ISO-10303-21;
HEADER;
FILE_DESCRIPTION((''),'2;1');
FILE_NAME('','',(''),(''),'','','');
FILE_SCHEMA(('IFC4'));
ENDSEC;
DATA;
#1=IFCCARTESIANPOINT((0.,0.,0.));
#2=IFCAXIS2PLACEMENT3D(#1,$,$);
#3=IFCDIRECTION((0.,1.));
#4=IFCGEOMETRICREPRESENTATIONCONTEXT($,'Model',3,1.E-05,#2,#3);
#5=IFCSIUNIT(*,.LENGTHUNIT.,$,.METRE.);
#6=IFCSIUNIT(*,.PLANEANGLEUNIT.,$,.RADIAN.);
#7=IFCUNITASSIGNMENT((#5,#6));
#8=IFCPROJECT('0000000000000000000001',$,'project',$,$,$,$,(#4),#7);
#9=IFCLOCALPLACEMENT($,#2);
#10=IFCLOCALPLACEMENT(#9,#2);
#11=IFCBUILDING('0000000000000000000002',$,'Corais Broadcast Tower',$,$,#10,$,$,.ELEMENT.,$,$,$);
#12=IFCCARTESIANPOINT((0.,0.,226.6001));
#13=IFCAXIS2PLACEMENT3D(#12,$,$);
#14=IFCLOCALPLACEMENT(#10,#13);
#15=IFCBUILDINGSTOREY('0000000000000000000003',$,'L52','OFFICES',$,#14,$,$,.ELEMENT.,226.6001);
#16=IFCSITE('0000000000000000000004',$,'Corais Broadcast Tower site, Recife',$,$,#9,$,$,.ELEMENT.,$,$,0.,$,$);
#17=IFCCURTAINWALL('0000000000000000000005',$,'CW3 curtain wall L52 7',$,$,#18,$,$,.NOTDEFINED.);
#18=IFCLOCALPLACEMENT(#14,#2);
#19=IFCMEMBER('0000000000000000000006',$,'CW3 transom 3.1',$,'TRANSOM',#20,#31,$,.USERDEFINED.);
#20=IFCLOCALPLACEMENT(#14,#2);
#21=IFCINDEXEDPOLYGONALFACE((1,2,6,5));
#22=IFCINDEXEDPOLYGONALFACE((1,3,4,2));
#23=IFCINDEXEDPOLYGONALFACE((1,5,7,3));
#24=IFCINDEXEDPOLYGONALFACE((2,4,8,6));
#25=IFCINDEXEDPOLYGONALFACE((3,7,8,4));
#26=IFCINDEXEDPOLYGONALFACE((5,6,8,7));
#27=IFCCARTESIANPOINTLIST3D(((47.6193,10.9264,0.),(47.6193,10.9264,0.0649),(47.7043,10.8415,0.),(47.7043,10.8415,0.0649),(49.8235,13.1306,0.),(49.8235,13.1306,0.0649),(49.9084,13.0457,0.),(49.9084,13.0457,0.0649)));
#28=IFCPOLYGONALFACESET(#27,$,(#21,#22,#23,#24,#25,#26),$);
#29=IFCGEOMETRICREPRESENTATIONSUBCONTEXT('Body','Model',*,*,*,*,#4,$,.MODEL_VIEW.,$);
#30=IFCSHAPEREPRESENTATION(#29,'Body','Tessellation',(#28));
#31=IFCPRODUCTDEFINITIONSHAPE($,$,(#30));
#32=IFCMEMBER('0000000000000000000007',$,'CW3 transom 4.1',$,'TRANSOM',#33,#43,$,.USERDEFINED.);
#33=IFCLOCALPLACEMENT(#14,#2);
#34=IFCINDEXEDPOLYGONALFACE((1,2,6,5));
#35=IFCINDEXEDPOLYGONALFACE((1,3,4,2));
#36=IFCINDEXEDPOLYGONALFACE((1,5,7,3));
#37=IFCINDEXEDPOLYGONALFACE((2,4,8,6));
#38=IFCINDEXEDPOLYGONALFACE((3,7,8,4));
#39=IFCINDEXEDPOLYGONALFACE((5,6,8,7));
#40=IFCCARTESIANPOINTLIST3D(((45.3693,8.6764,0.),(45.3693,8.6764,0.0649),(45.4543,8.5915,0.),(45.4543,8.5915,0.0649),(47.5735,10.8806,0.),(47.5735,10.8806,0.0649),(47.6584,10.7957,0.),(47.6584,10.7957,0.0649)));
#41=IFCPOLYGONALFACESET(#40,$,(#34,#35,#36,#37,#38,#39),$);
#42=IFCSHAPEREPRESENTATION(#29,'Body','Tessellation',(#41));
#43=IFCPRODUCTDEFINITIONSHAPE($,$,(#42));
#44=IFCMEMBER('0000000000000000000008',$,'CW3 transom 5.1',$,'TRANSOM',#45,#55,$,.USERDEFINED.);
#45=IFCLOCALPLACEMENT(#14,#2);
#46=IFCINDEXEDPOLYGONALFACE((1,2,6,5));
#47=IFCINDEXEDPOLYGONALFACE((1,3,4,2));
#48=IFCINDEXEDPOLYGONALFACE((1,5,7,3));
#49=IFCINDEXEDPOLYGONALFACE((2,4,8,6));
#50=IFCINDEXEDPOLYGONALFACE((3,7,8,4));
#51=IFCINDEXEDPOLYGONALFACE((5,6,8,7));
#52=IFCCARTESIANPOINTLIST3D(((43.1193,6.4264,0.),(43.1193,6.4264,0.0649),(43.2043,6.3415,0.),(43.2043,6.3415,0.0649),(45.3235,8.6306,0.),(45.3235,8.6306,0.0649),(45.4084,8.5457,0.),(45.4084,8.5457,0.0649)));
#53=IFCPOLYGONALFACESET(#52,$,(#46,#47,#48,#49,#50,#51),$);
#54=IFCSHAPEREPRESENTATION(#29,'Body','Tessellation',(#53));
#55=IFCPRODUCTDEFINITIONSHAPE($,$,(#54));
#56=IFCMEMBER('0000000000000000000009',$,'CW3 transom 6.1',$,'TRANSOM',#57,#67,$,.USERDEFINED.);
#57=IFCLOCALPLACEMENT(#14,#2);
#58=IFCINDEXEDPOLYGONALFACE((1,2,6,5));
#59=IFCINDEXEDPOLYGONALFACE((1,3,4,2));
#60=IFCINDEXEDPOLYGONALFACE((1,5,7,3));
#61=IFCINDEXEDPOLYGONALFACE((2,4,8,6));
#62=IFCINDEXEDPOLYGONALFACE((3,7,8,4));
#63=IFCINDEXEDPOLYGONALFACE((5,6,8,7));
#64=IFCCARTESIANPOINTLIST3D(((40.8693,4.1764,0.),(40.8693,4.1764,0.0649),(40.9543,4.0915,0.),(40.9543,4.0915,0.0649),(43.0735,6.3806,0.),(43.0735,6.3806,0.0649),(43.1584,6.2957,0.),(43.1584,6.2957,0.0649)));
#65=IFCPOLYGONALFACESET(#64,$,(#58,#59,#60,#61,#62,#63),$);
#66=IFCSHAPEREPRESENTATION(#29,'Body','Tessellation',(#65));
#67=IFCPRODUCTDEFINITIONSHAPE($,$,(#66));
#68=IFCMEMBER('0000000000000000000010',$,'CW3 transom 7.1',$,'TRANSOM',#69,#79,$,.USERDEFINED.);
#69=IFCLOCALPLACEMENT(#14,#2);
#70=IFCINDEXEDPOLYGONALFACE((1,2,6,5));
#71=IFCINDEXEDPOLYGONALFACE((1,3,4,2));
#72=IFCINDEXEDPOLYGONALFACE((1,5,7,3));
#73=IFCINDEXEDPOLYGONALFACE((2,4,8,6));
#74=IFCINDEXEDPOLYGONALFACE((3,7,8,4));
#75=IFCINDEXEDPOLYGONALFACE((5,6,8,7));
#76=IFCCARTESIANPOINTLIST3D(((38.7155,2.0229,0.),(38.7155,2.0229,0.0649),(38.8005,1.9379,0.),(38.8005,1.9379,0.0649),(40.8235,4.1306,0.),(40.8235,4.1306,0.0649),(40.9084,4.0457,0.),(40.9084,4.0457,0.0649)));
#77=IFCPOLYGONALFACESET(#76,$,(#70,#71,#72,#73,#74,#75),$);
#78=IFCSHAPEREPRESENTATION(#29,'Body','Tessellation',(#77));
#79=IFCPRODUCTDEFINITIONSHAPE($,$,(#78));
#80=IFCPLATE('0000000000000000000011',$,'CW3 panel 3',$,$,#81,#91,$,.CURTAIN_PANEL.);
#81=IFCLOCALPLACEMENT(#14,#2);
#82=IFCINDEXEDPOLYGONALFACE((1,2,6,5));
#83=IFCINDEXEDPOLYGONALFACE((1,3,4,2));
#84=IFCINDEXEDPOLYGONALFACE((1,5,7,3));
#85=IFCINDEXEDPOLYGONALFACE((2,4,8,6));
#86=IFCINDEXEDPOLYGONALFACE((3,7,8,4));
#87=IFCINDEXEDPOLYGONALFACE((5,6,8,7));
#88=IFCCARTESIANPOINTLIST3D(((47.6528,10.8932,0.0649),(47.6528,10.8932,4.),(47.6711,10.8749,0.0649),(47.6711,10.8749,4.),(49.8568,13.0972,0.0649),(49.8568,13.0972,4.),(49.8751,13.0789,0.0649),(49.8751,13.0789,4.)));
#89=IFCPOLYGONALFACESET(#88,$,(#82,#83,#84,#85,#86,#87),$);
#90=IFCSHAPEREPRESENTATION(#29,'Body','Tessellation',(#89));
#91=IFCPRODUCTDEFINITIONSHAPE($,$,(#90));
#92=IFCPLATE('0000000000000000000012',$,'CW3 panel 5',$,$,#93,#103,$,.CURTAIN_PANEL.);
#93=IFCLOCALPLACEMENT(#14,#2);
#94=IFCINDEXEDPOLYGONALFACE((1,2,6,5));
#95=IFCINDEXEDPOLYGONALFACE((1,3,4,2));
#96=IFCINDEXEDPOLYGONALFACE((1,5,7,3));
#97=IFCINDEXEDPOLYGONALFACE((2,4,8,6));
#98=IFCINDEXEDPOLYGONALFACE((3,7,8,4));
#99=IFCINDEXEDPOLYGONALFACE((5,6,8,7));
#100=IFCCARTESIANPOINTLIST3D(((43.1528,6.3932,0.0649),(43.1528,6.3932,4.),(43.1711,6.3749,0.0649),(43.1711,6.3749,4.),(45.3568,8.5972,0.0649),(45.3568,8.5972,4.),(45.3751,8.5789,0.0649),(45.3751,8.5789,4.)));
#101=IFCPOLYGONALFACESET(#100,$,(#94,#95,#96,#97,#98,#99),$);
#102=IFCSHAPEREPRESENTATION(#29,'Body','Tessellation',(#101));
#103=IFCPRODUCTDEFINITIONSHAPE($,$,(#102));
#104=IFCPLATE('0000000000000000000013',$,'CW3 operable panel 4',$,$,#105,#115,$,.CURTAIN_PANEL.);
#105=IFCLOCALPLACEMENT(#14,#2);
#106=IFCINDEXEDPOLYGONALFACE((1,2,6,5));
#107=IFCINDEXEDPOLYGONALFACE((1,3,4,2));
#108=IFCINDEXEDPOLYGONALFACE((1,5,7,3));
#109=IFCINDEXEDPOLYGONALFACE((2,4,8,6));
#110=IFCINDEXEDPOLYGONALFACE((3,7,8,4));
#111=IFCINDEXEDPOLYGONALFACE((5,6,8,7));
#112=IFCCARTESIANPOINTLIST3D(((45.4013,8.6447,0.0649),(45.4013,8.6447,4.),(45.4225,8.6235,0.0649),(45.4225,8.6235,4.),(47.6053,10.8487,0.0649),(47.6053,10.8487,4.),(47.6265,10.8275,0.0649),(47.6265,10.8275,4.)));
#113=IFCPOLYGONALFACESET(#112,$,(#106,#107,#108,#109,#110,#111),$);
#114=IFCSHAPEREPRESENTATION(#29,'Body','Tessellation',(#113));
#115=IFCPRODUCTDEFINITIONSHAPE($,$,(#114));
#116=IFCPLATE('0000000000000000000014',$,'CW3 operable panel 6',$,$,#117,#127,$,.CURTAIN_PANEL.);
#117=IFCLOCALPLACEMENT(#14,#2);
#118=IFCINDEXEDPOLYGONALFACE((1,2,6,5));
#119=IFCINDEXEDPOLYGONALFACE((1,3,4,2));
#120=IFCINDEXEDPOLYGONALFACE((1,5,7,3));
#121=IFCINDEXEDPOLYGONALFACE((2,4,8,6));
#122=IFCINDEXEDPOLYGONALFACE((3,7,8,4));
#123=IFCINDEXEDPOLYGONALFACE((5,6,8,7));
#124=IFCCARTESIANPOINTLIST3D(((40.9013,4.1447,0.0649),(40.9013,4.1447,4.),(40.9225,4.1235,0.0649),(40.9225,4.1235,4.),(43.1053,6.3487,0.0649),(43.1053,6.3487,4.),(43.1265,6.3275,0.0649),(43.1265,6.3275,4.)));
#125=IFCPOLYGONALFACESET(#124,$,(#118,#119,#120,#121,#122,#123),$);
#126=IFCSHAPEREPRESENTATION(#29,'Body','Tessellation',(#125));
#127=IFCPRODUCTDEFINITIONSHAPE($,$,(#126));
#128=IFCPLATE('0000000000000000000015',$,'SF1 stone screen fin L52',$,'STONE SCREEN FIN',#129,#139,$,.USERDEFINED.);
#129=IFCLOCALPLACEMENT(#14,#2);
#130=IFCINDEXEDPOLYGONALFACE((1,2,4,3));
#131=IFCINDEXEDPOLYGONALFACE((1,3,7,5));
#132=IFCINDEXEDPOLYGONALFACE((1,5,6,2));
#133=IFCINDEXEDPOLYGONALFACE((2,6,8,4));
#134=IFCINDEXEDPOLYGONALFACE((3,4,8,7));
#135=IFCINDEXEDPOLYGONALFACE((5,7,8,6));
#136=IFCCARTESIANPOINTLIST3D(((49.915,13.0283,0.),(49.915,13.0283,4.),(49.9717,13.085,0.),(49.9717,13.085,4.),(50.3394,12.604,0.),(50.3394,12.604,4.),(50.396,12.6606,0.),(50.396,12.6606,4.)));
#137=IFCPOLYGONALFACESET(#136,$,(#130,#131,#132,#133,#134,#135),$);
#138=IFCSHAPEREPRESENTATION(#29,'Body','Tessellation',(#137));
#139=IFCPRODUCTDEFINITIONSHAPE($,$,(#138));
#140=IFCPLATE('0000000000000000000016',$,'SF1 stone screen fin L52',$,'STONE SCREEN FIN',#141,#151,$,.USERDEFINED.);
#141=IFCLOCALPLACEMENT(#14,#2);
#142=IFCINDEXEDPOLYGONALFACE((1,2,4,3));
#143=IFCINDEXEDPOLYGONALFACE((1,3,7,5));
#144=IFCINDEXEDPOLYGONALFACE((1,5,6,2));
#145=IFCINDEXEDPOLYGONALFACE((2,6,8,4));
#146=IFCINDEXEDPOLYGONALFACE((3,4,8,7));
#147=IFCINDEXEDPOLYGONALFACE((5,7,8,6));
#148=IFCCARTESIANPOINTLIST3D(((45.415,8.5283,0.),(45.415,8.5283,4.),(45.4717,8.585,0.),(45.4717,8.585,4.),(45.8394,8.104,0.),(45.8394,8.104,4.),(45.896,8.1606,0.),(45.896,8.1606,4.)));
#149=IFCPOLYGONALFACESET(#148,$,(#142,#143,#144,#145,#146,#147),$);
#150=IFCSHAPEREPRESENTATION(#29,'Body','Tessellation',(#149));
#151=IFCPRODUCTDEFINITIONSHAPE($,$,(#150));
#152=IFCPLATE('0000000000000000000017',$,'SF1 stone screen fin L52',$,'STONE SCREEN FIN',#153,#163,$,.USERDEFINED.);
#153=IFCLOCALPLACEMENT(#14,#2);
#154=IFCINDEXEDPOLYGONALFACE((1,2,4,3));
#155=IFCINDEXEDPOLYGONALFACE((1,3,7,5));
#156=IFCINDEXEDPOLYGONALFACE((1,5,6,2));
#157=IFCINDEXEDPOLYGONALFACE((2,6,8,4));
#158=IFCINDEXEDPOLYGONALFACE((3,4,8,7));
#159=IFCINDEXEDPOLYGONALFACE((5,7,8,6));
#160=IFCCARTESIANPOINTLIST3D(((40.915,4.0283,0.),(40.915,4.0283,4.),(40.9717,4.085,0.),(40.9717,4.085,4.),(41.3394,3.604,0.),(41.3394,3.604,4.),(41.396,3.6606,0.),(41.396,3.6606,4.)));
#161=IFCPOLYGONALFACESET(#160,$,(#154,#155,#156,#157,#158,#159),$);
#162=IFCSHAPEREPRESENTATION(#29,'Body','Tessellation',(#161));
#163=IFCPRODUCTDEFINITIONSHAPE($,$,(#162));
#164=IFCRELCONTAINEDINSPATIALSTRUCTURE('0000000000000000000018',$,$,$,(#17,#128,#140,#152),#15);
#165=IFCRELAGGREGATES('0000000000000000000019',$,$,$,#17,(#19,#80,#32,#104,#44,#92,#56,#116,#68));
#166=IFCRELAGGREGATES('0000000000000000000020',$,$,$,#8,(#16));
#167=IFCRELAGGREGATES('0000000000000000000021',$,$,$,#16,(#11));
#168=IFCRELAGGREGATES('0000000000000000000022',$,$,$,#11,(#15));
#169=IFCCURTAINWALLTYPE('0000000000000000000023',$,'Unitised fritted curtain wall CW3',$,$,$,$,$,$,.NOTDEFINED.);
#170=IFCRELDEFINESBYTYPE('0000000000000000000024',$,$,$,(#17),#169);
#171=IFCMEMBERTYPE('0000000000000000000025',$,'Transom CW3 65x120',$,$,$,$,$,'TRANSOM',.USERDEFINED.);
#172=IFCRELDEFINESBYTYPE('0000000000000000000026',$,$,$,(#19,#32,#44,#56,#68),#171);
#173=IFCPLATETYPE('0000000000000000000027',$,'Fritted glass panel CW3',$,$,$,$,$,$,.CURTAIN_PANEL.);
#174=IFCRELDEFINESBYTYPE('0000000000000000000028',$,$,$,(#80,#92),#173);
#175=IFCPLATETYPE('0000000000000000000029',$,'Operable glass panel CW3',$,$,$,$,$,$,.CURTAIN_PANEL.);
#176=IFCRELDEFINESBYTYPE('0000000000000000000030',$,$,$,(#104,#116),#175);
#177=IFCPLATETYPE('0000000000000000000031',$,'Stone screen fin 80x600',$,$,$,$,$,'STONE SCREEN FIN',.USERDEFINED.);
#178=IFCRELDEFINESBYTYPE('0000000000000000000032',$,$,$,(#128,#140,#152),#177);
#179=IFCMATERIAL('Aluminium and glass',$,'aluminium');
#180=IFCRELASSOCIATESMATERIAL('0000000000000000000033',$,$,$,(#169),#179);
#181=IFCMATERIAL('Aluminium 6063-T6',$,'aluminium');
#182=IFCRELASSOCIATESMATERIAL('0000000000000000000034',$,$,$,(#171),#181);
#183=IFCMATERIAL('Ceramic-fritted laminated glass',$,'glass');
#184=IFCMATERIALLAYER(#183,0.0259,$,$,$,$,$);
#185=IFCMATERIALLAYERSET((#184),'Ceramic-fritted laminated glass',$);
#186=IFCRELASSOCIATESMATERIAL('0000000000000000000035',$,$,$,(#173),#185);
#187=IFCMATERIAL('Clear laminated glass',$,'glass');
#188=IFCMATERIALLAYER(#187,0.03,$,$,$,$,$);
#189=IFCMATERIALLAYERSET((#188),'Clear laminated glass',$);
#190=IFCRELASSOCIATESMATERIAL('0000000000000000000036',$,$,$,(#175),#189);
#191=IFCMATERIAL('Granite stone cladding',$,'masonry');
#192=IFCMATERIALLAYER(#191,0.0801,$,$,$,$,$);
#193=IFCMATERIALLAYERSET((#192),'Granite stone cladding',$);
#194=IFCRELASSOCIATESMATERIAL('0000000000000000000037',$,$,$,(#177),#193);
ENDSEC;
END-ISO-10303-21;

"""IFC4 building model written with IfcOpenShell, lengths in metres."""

from ifc_helpers import new_model, si_unit, direction, frame, origin, origin_2d, place, context, subcontext, project, spatial, rectangle, extrude, material, layer, layer_set, material_profile, profile_set, type_object, element, aggregate, save


model = new_model("IFC4")

# Units and contexts
model_context = context("Model", 3, precision=1e-05, world=origin(), true_north=direction((0.0, 1.0)))
body_context = subcontext(model_context, "Body", "Model", "MODEL_VIEW")
ifc_project = project(units=[si_unit("LENGTHUNIT", "METRE"), si_unit("PLANEANGLEUNIT", "RADIAN")], contexts=[model_context])

# Site, building, storey
site_placement = place(None, origin())
site = spatial("IfcSite", under=ifc_project, at=site_placement, Name="Corais Broadcast Tower site, Recife", CompositionType="ELEMENT", RefElevation=0.0)
building_placement = place(site_placement, origin())
building = spatial("IfcBuilding", under=site, at=building_placement, Name="Corais Broadcast Tower", CompositionType="ELEMENT")
storey_placement = place(building_placement, frame((0.0, 0.0, 226.6001)))
storey = spatial("IfcBuildingStorey", under=building, at=storey_placement, Name="L52", Description="OFFICES", CompositionType="ELEMENT", Elevation=226.6001)

# Curtain wall
ifc_material_1 = material(Name="Aluminium and glass", Category="aluminium")
curtain_wall_type = type_object("IfcCurtainWallType", Name="Unitised fritted curtain wall CW3", PredefinedType="NOTDEFINED", material=ifc_material_1)
curtain_wall_placement = place(storey_placement, origin())
curtain_wall = element("IfcCurtainWall", 1, at=curtain_wall_placement, inside=storey, type_object=curtain_wall_type, Name="CW3 curtain wall L52 7", PredefinedType="NOTDEFINED")

# Members
ifc_material_2 = material(Name="Aluminium 6063-T6", Category="aluminium")
ifc_material_profile_1 = material_profile(ifc_material_2, rectangle(XDim=0.1201, YDim=0.0649, at=origin_2d()), Name="Transom CW3 65x120")
ifc_profile_set_1 = profile_set([ifc_material_profile_1], Name="Aluminium 6063-T6")
member_type_1 = type_object("IfcMemberType", Name="Transom CW3 65x120", ElementType="TRANSOM", PredefinedType="USERDEFINED", material=ifc_profile_set_1)
member_1_placement = place(storey_placement, frame((49.866, 13.0881, 0.0325), z_axis=(-0.707107, -0.707107, 0.0), x_axis=(0.707107, -0.707107, 0.0)))
member_1 = element("IfcMember", 2, at=member_1_placement, type_object=member_type_1, Name="CW3 transom 3.1", ObjectType="TRANSOM", PredefinedType="USERDEFINED", context=body_context, shape_type="SweptSolid", body=[
    extrude(rectangle(XDim=0.1201, YDim=0.0649, at=origin_2d()), origin(), (0.0, 0.0, 1.0), 3.1172),
])
member_2_placement = place(storey_placement, frame((47.616, 10.8381, 0.0325), z_axis=(-0.707107, -0.707107, 0.0), x_axis=(0.707107, -0.707107, 0.0)))
member_2 = element("IfcMember", 3, at=member_2_placement, type_object=member_type_1, Name="CW3 transom 4.1", ObjectType="TRANSOM", PredefinedType="USERDEFINED", context=body_context, shape_type="SweptSolid", body=[
    extrude(rectangle(XDim=0.1201, YDim=0.0649, at=origin_2d()), origin(), (0.0, 0.0, 1.0), 3.1172),
])
member_3_placement = place(storey_placement, frame((45.366, 8.5881, 0.0325), z_axis=(-0.707107, -0.707107, 0.0), x_axis=(0.707107, -0.707107, 0.0)))
member_3 = element("IfcMember", 4, at=member_3_placement, type_object=member_type_1, Name="CW3 transom 5.1", ObjectType="TRANSOM", PredefinedType="USERDEFINED", context=body_context, shape_type="SweptSolid", body=[
    extrude(rectangle(XDim=0.1201, YDim=0.0649, at=origin_2d()), origin(), (0.0, 0.0, 1.0), 3.1172),
])
member_4_placement = place(storey_placement, frame((43.116, 6.3381, 0.0325), z_axis=(-0.707107, -0.707107, 0.0), x_axis=(0.707107, -0.707107, 0.0)))
member_4 = element("IfcMember", 5, at=member_4_placement, type_object=member_type_1, Name="CW3 transom 6.1", ObjectType="TRANSOM", PredefinedType="USERDEFINED", context=body_context, shape_type="SweptSolid", body=[
    extrude(rectangle(XDim=0.1201, YDim=0.0649, at=origin_2d()), origin(), (0.0, 0.0, 1.0), 3.1172),
])
member_5_placement = place(storey_placement, frame((40.866, 4.0881, 0.0325), z_axis=(-0.707148, -0.707066, 0.0), x_axis=(0.707066, -0.707148, 0.0)))
member_5 = element("IfcMember", 6, at=member_5_placement, type_object=member_type_1, Name="CW3 transom 7.1", ObjectType="TRANSOM", PredefinedType="USERDEFINED", context=body_context, shape_type="SweptSolid", body=[
    extrude(rectangle(XDim=0.1201, YDim=0.0649, at=origin_2d()), origin(), (0.0, 0.0, 1.0), 2.981),
])

# Plates
ifc_material_3 = material(Name="Ceramic-fritted laminated glass", Category="glass")
ifc_layer_1 = layer(ifc_material_3, 0.0259)
ifc_layer_set_1 = layer_set([ifc_layer_1], Name="Ceramic-fritted laminated glass")
plate_type_1 = type_object("IfcPlateType", Name="Fritted glass panel CW3", PredefinedType="CURTAIN_PANEL", material=ifc_layer_set_1)
plate_1_placement = place(storey_placement, frame((48.7639, 11.9861, 0.0649), z_axis=(0.0, 0.0, 1.0), x_axis=(-0.707107, -0.707107, 0.0)))
plate_1 = element("IfcPlate", 7, at=plate_1_placement, type_object=plate_type_1, Name="CW3 panel 3", PredefinedType="CURTAIN_PANEL", context=body_context, shape_type="SweptSolid", body=[
    extrude(rectangle(XDim=3.1169, YDim=0.0259, at=origin_2d()), origin(), (0.0, 0.0, 1.0), 3.9351),
])
plate_2_placement = place(storey_placement, frame((44.2639, 7.4861, 0.0649), z_axis=(0.0, 0.0, 1.0), x_axis=(-0.707107, -0.707107, 0.0)))
plate_2 = element("IfcPlate", 8, at=plate_2_placement, type_object=plate_type_1, Name="CW3 panel 5", PredefinedType="CURTAIN_PANEL", context=body_context, shape_type="SweptSolid", body=[
    extrude(rectangle(XDim=3.1169, YDim=0.0259, at=origin_2d()), origin(), (0.0, 0.0, 1.0), 3.9351),
])
ifc_material_4 = material(Name="Clear laminated glass", Category="glass")
ifc_layer_2 = layer(ifc_material_4, 0.03)
ifc_layer_set_2 = layer_set([ifc_layer_2], Name="Clear laminated glass")
plate_type_2 = type_object("IfcPlateType", Name="Operable glass panel CW3", PredefinedType="CURTAIN_PANEL", material=ifc_layer_set_2)
plate_3_placement = place(storey_placement, frame((46.5139, 9.7361, 0.0649), z_axis=(0.0, 0.0, 1.0), x_axis=(-0.707107, -0.707107, 0.0)))
plate_3 = element("IfcPlate", 9, at=plate_3_placement, type_object=plate_type_2, Name="CW3 operable panel 4", PredefinedType="CURTAIN_PANEL", context=body_context, shape_type="SweptSolid", body=[
    extrude(rectangle(XDim=3.1169, YDim=0.03, at=origin_2d()), origin(), (0.0, 0.0, 1.0), 3.9351),
])
plate_4_placement = place(storey_placement, frame((42.0139, 5.2361, 0.0649), z_axis=(0.0, 0.0, 1.0), x_axis=(-0.707107, -0.707107, 0.0)))
plate_4 = element("IfcPlate", 10, at=plate_4_placement, type_object=plate_type_2, Name="CW3 operable panel 6", PredefinedType="CURTAIN_PANEL", context=body_context, shape_type="SweptSolid", body=[
    extrude(rectangle(XDim=3.1169, YDim=0.03, at=origin_2d()), origin(), (0.0, 0.0, 1.0), 3.9351),
])
aggregate(curtain_wall, [member_1, plate_1, member_2, plate_3, member_3, plate_2, member_4, plate_4, member_5])

# Plates
ifc_material_5 = material(Name="Granite stone cladding", Category="masonry")
ifc_layer_3 = layer(ifc_material_5, 0.0801)
ifc_layer_set_3 = layer_set([ifc_layer_3], Name="Granite stone cladding")
plate_type_3 = type_object("IfcPlateType", Name="Stone screen fin 80x600", ElementType="STONE SCREEN FIN", PredefinedType="USERDEFINED", material=ifc_layer_set_3)
for number, where, z_axis, x_axis, name in (
    (11, (50.1555, 12.8445, 0.0), (0.0, 0.0, 1.0), (-0.707107, -0.707107, 0.0), "SF1 stone screen fin L52"),
    (12, (45.6555, 8.3445, 0.0), (0.0, 0.0, 1.0), (-0.707107, -0.707107, 0.0), "SF1 stone screen fin L52"),
    (13, (41.1555, 3.8445, 0.0), (0.0, 0.0, 1.0), (-0.707107, -0.707107, 0.0), "SF1 stone screen fin L52"),
):
    element("IfcPlate", number, at=place(storey_placement, frame(where, z_axis=z_axis, x_axis=x_axis)), inside=storey, type_object=plate_type_3, Name=name, ObjectType="STONE SCREEN FIN", PredefinedType="USERDEFINED", context=body_context, shape_type="SweptSolid", body=[
        extrude(rectangle(XDim=0.0801, YDim=0.6001, at=origin_2d()), origin(), (0.0, 0.0, 1.0), 4.0),
    ])

save(model, "model.ifc")
